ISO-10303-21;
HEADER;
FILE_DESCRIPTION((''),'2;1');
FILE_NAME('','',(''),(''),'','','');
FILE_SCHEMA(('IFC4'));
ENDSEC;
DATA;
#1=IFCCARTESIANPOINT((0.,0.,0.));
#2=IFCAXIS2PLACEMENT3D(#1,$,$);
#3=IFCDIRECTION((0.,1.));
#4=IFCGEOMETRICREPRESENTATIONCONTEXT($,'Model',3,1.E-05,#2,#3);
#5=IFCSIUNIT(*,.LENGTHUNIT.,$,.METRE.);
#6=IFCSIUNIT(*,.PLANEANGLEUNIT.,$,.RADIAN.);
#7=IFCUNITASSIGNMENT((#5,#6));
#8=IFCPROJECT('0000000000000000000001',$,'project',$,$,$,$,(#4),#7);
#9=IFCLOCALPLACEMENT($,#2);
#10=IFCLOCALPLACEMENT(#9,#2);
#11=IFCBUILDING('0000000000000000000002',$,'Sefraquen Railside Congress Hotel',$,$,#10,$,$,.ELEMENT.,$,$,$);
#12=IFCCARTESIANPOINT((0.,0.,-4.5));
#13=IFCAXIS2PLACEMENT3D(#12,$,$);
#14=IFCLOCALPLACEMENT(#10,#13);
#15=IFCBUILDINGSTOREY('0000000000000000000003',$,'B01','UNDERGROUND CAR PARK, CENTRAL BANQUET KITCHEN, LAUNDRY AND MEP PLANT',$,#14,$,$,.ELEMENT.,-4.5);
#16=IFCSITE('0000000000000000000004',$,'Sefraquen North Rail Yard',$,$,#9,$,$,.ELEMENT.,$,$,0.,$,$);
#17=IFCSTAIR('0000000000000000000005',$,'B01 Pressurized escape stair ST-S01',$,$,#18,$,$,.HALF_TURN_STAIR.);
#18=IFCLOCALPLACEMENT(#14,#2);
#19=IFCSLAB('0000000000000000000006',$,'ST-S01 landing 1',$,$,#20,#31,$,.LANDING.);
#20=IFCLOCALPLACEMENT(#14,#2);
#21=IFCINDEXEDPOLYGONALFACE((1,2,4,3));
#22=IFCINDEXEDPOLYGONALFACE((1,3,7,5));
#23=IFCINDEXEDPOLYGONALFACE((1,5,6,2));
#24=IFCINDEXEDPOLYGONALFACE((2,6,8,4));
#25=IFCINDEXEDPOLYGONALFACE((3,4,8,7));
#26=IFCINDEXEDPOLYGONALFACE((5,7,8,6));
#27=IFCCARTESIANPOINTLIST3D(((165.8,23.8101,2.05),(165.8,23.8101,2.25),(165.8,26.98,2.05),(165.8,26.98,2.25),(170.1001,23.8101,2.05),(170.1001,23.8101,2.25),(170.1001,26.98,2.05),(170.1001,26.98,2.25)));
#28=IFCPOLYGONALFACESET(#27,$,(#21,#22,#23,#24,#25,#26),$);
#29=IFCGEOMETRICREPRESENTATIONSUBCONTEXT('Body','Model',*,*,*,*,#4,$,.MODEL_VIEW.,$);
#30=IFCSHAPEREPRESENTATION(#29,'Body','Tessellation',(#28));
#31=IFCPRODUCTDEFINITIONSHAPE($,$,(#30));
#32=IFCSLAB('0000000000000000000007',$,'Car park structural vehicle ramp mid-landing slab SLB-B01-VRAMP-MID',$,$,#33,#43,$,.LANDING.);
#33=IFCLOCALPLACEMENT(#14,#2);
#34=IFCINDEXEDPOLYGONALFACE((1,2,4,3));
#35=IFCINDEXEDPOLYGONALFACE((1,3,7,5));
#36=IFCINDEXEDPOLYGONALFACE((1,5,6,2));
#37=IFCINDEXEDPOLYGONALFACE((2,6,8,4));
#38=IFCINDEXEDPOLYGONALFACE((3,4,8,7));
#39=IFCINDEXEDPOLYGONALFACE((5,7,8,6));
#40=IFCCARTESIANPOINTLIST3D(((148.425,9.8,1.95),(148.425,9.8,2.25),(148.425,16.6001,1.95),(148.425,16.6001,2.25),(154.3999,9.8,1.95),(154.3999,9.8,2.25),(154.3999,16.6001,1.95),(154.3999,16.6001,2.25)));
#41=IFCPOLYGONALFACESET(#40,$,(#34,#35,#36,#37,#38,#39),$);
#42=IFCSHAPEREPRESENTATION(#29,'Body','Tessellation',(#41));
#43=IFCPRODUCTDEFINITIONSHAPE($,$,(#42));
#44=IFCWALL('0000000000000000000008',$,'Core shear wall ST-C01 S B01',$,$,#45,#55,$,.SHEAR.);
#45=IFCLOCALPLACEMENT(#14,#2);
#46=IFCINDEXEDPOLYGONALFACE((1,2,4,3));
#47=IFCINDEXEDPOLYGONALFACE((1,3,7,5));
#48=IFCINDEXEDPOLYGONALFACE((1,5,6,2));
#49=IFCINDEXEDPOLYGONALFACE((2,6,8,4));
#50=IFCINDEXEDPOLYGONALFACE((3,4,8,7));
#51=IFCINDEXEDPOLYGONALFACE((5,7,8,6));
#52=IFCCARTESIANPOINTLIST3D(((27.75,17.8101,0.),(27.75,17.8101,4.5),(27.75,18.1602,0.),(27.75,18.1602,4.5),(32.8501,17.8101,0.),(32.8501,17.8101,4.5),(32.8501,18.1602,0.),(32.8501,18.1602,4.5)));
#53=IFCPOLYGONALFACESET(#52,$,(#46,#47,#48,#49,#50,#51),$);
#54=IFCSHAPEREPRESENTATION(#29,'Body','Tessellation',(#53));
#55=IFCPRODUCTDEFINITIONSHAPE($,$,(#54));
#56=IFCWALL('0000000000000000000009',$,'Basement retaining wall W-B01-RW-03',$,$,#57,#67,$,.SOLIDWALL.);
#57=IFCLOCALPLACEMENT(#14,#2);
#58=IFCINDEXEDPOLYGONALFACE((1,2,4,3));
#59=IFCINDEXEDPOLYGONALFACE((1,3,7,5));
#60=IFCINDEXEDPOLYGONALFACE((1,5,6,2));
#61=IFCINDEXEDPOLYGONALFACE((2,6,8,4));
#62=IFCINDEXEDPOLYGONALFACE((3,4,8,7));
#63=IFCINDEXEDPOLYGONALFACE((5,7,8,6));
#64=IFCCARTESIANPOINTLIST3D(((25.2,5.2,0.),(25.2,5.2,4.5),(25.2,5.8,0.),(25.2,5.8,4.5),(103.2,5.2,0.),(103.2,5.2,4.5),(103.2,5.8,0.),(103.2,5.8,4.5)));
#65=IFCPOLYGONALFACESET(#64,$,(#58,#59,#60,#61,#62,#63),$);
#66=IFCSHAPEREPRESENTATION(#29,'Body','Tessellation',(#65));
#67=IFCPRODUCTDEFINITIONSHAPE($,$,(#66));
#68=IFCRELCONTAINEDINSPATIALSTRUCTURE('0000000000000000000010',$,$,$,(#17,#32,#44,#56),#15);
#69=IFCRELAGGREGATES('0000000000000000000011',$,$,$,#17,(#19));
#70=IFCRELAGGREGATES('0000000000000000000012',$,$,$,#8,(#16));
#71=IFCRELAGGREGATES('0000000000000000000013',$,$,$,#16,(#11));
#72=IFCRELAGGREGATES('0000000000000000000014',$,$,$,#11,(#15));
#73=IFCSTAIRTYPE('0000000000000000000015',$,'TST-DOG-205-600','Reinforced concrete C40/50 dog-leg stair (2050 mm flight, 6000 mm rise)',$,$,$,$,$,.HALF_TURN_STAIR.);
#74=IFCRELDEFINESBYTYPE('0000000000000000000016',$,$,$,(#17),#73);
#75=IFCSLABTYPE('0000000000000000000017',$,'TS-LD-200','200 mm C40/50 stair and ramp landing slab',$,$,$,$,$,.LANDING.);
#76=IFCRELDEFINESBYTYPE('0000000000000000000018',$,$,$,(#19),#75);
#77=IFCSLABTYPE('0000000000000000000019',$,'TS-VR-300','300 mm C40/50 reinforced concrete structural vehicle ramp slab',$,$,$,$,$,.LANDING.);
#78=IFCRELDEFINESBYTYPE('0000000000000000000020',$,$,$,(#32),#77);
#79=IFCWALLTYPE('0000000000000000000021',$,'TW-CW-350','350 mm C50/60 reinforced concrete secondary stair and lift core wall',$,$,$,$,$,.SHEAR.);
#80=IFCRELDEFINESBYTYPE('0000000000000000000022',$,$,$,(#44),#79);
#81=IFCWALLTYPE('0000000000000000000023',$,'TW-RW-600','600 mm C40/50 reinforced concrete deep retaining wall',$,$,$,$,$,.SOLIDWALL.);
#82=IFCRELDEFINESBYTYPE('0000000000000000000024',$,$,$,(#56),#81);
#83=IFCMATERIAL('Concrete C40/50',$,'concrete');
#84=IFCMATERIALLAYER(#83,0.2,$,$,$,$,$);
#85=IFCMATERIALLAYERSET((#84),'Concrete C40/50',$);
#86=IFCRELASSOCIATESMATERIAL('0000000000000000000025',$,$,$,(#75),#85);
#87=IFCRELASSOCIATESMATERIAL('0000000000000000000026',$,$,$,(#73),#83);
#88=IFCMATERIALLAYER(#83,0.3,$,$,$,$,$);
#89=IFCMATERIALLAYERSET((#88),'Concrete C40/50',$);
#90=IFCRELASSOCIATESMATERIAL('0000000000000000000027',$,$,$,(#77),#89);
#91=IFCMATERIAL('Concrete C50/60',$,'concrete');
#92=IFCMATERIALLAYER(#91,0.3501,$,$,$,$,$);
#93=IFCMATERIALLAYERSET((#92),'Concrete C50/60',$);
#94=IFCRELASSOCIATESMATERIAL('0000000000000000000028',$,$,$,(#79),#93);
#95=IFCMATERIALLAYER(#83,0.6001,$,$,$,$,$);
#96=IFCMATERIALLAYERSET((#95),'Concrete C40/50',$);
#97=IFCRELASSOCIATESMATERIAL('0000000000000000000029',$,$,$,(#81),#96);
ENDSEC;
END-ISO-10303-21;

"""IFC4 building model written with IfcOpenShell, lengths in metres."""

from ifc_helpers import new_model, si_unit, direction, frame, frame_2d, origin, place, context, subcontext, project, spatial, polyline, rectangle, outline, extrude, material, layer, layer_set, type_object, element, aggregate, save


model = new_model("IFC4")

# Units and contexts
model_context = context("Model", 3, precision=1e-05, world=origin(), true_north=direction((0.0, 1.0)))
body_context = subcontext(model_context, "Body", "Model", "MODEL_VIEW")
ifc_project = project(units=[si_unit("LENGTHUNIT", "METRE"), si_unit("PLANEANGLEUNIT", "RADIAN")], contexts=[model_context])

# Site, building, storey
site_placement = place(None, origin())
site = spatial("IfcSite", under=ifc_project, at=site_placement, Name="Sefraquen North Rail Yard", CompositionType="ELEMENT", RefElevation=0.0)
building_placement = place(site_placement, origin())
building = spatial("IfcBuilding", under=site, at=building_placement, Name="Sefraquen Railside Congress Hotel", CompositionType="ELEMENT")
storey_placement = place(building_placement, frame((0.0, 0.0, -4.5)))
storey = spatial("IfcBuildingStorey", under=building, at=storey_placement, Name="B01", Description="UNDERGROUND CAR PARK, CENTRAL BANQUET KITCHEN, LAUNDRY AND MEP PLANT", CompositionType="ELEMENT", Elevation=-4.5)

# Shared definitions
ifc_material_1 = material(Name="Concrete C40/50", Category="concrete")

# Stair, slab
ifc_layer_1 = layer(ifc_material_1, 0.2)
ifc_layer_set_1 = layer_set([ifc_layer_1], Name="Concrete C40/50")
slab_type_1 = type_object("IfcSlabType", Name="TS-LD-200", Description="200 mm C40/50 stair and ramp landing slab", PredefinedType="LANDING", material=ifc_layer_set_1)
stair_type_1 = type_object("IfcStairType", Name="TST-DOG-205-600", Description="Reinforced concrete C40/50 dog-leg stair (2050 mm flight, 6000 mm rise)", PredefinedType="HALF_TURN_STAIR", material=ifc_material_1)
stair_1_placement = place(storey_placement, origin())
stair_1 = element("IfcStair", 1, at=stair_1_placement, inside=storey, type_object=stair_type_1, Name="B01 Pressurized escape stair ST-S01", PredefinedType="HALF_TURN_STAIR")
slab_1_placement = place(storey_placement, frame((0.0, 0.0, 2.05)))
slab_1 = element("IfcSlab", 2, at=slab_1_placement, type_object=slab_type_1, Name="ST-S01 landing 1", PredefinedType="LANDING", context=body_context, shape_type="SweptSolid", body=[
    extrude(outline(polyline([(170.1001, 23.8101), (170.1001, 26.98), (165.8, 26.98), (165.8, 23.8101), (170.1001, 23.8101)])), origin(), (0.0, 0.0, 1.0), 0.2),
])
aggregate(stair_1, [slab_1])

# Slab
ifc_layer_2 = layer(ifc_material_1, 0.3)
ifc_layer_set_2 = layer_set([ifc_layer_2], Name="Concrete C40/50")
slab_type_2 = type_object("IfcSlabType", Name="TS-VR-300", Description="300 mm C40/50 reinforced concrete structural vehicle ramp slab", PredefinedType="LANDING", material=ifc_layer_set_2)
slab_2_placement = place(storey_placement, frame((0.0, 0.0, 1.95)))
element("IfcSlab", 3, at=slab_2_placement, inside=storey, type_object=slab_type_2, Name="Car park structural vehicle ramp mid-landing slab SLB-B01-VRAMP-MID", PredefinedType="LANDING", context=body_context, shape_type="SweptSolid", body=[
    extrude(outline(polyline([(148.425, 9.8), (154.3999, 9.8), (154.3999, 16.6001), (148.425, 16.6001), (148.425, 9.8)])), origin(), (0.0, 0.0, 1.0), 0.3),
])

# Walls
ifc_material_2 = material(Name="Concrete C50/60", Category="concrete")
ifc_layer_3 = layer(ifc_material_2, 0.3501)
ifc_layer_set_3 = layer_set([ifc_layer_3], Name="Concrete C50/60")
wall_type_1 = type_object("IfcWallType", Name="TW-CW-350", Description="350 mm C50/60 reinforced concrete secondary stair and lift core wall", PredefinedType="SHEAR", material=ifc_layer_set_3)
wall_1_placement = place(storey_placement, frame((27.75, 17.9851, 0.0), z_axis=(0.0, 0.0, 1.0), x_axis=(1.0, 0.0, 0.0)))
element("IfcWall", 4, at=wall_1_placement, inside=storey, type_object=wall_type_1, Name="Core shear wall ST-C01 S B01", PredefinedType="SHEAR", context=body_context, shape_type="SweptSolid", body=[
    extrude(rectangle(XDim=5.1001, YDim=0.3501, at=frame_2d((2.55, 0.0))), origin(), (0.0, 0.0, 1.0), 4.5),
])
ifc_layer_4 = layer(ifc_material_1, 0.6001)
ifc_layer_set_4 = layer_set([ifc_layer_4], Name="Concrete C40/50")
wall_type_2 = type_object("IfcWallType", Name="TW-RW-600", Description="600 mm C40/50 reinforced concrete deep retaining wall", PredefinedType="SOLIDWALL", material=ifc_layer_set_4)
wall_2_placement = place(storey_placement, frame((25.2, 5.5, 0.0), z_axis=(0.0, 0.0, 1.0), x_axis=(1.0, 0.0, 0.0)))
element("IfcWall", 5, at=wall_2_placement, inside=storey, type_object=wall_type_2, Name="Basement retaining wall W-B01-RW-03", PredefinedType="SOLIDWALL", context=body_context, shape_type="SweptSolid", body=[
    extrude(rectangle(XDim=78.0, YDim=0.6001, at=frame_2d((39.0, 0.0))), origin(), (0.0, 0.0, 1.0), 4.5),
])

save(model, "model.ifc")
